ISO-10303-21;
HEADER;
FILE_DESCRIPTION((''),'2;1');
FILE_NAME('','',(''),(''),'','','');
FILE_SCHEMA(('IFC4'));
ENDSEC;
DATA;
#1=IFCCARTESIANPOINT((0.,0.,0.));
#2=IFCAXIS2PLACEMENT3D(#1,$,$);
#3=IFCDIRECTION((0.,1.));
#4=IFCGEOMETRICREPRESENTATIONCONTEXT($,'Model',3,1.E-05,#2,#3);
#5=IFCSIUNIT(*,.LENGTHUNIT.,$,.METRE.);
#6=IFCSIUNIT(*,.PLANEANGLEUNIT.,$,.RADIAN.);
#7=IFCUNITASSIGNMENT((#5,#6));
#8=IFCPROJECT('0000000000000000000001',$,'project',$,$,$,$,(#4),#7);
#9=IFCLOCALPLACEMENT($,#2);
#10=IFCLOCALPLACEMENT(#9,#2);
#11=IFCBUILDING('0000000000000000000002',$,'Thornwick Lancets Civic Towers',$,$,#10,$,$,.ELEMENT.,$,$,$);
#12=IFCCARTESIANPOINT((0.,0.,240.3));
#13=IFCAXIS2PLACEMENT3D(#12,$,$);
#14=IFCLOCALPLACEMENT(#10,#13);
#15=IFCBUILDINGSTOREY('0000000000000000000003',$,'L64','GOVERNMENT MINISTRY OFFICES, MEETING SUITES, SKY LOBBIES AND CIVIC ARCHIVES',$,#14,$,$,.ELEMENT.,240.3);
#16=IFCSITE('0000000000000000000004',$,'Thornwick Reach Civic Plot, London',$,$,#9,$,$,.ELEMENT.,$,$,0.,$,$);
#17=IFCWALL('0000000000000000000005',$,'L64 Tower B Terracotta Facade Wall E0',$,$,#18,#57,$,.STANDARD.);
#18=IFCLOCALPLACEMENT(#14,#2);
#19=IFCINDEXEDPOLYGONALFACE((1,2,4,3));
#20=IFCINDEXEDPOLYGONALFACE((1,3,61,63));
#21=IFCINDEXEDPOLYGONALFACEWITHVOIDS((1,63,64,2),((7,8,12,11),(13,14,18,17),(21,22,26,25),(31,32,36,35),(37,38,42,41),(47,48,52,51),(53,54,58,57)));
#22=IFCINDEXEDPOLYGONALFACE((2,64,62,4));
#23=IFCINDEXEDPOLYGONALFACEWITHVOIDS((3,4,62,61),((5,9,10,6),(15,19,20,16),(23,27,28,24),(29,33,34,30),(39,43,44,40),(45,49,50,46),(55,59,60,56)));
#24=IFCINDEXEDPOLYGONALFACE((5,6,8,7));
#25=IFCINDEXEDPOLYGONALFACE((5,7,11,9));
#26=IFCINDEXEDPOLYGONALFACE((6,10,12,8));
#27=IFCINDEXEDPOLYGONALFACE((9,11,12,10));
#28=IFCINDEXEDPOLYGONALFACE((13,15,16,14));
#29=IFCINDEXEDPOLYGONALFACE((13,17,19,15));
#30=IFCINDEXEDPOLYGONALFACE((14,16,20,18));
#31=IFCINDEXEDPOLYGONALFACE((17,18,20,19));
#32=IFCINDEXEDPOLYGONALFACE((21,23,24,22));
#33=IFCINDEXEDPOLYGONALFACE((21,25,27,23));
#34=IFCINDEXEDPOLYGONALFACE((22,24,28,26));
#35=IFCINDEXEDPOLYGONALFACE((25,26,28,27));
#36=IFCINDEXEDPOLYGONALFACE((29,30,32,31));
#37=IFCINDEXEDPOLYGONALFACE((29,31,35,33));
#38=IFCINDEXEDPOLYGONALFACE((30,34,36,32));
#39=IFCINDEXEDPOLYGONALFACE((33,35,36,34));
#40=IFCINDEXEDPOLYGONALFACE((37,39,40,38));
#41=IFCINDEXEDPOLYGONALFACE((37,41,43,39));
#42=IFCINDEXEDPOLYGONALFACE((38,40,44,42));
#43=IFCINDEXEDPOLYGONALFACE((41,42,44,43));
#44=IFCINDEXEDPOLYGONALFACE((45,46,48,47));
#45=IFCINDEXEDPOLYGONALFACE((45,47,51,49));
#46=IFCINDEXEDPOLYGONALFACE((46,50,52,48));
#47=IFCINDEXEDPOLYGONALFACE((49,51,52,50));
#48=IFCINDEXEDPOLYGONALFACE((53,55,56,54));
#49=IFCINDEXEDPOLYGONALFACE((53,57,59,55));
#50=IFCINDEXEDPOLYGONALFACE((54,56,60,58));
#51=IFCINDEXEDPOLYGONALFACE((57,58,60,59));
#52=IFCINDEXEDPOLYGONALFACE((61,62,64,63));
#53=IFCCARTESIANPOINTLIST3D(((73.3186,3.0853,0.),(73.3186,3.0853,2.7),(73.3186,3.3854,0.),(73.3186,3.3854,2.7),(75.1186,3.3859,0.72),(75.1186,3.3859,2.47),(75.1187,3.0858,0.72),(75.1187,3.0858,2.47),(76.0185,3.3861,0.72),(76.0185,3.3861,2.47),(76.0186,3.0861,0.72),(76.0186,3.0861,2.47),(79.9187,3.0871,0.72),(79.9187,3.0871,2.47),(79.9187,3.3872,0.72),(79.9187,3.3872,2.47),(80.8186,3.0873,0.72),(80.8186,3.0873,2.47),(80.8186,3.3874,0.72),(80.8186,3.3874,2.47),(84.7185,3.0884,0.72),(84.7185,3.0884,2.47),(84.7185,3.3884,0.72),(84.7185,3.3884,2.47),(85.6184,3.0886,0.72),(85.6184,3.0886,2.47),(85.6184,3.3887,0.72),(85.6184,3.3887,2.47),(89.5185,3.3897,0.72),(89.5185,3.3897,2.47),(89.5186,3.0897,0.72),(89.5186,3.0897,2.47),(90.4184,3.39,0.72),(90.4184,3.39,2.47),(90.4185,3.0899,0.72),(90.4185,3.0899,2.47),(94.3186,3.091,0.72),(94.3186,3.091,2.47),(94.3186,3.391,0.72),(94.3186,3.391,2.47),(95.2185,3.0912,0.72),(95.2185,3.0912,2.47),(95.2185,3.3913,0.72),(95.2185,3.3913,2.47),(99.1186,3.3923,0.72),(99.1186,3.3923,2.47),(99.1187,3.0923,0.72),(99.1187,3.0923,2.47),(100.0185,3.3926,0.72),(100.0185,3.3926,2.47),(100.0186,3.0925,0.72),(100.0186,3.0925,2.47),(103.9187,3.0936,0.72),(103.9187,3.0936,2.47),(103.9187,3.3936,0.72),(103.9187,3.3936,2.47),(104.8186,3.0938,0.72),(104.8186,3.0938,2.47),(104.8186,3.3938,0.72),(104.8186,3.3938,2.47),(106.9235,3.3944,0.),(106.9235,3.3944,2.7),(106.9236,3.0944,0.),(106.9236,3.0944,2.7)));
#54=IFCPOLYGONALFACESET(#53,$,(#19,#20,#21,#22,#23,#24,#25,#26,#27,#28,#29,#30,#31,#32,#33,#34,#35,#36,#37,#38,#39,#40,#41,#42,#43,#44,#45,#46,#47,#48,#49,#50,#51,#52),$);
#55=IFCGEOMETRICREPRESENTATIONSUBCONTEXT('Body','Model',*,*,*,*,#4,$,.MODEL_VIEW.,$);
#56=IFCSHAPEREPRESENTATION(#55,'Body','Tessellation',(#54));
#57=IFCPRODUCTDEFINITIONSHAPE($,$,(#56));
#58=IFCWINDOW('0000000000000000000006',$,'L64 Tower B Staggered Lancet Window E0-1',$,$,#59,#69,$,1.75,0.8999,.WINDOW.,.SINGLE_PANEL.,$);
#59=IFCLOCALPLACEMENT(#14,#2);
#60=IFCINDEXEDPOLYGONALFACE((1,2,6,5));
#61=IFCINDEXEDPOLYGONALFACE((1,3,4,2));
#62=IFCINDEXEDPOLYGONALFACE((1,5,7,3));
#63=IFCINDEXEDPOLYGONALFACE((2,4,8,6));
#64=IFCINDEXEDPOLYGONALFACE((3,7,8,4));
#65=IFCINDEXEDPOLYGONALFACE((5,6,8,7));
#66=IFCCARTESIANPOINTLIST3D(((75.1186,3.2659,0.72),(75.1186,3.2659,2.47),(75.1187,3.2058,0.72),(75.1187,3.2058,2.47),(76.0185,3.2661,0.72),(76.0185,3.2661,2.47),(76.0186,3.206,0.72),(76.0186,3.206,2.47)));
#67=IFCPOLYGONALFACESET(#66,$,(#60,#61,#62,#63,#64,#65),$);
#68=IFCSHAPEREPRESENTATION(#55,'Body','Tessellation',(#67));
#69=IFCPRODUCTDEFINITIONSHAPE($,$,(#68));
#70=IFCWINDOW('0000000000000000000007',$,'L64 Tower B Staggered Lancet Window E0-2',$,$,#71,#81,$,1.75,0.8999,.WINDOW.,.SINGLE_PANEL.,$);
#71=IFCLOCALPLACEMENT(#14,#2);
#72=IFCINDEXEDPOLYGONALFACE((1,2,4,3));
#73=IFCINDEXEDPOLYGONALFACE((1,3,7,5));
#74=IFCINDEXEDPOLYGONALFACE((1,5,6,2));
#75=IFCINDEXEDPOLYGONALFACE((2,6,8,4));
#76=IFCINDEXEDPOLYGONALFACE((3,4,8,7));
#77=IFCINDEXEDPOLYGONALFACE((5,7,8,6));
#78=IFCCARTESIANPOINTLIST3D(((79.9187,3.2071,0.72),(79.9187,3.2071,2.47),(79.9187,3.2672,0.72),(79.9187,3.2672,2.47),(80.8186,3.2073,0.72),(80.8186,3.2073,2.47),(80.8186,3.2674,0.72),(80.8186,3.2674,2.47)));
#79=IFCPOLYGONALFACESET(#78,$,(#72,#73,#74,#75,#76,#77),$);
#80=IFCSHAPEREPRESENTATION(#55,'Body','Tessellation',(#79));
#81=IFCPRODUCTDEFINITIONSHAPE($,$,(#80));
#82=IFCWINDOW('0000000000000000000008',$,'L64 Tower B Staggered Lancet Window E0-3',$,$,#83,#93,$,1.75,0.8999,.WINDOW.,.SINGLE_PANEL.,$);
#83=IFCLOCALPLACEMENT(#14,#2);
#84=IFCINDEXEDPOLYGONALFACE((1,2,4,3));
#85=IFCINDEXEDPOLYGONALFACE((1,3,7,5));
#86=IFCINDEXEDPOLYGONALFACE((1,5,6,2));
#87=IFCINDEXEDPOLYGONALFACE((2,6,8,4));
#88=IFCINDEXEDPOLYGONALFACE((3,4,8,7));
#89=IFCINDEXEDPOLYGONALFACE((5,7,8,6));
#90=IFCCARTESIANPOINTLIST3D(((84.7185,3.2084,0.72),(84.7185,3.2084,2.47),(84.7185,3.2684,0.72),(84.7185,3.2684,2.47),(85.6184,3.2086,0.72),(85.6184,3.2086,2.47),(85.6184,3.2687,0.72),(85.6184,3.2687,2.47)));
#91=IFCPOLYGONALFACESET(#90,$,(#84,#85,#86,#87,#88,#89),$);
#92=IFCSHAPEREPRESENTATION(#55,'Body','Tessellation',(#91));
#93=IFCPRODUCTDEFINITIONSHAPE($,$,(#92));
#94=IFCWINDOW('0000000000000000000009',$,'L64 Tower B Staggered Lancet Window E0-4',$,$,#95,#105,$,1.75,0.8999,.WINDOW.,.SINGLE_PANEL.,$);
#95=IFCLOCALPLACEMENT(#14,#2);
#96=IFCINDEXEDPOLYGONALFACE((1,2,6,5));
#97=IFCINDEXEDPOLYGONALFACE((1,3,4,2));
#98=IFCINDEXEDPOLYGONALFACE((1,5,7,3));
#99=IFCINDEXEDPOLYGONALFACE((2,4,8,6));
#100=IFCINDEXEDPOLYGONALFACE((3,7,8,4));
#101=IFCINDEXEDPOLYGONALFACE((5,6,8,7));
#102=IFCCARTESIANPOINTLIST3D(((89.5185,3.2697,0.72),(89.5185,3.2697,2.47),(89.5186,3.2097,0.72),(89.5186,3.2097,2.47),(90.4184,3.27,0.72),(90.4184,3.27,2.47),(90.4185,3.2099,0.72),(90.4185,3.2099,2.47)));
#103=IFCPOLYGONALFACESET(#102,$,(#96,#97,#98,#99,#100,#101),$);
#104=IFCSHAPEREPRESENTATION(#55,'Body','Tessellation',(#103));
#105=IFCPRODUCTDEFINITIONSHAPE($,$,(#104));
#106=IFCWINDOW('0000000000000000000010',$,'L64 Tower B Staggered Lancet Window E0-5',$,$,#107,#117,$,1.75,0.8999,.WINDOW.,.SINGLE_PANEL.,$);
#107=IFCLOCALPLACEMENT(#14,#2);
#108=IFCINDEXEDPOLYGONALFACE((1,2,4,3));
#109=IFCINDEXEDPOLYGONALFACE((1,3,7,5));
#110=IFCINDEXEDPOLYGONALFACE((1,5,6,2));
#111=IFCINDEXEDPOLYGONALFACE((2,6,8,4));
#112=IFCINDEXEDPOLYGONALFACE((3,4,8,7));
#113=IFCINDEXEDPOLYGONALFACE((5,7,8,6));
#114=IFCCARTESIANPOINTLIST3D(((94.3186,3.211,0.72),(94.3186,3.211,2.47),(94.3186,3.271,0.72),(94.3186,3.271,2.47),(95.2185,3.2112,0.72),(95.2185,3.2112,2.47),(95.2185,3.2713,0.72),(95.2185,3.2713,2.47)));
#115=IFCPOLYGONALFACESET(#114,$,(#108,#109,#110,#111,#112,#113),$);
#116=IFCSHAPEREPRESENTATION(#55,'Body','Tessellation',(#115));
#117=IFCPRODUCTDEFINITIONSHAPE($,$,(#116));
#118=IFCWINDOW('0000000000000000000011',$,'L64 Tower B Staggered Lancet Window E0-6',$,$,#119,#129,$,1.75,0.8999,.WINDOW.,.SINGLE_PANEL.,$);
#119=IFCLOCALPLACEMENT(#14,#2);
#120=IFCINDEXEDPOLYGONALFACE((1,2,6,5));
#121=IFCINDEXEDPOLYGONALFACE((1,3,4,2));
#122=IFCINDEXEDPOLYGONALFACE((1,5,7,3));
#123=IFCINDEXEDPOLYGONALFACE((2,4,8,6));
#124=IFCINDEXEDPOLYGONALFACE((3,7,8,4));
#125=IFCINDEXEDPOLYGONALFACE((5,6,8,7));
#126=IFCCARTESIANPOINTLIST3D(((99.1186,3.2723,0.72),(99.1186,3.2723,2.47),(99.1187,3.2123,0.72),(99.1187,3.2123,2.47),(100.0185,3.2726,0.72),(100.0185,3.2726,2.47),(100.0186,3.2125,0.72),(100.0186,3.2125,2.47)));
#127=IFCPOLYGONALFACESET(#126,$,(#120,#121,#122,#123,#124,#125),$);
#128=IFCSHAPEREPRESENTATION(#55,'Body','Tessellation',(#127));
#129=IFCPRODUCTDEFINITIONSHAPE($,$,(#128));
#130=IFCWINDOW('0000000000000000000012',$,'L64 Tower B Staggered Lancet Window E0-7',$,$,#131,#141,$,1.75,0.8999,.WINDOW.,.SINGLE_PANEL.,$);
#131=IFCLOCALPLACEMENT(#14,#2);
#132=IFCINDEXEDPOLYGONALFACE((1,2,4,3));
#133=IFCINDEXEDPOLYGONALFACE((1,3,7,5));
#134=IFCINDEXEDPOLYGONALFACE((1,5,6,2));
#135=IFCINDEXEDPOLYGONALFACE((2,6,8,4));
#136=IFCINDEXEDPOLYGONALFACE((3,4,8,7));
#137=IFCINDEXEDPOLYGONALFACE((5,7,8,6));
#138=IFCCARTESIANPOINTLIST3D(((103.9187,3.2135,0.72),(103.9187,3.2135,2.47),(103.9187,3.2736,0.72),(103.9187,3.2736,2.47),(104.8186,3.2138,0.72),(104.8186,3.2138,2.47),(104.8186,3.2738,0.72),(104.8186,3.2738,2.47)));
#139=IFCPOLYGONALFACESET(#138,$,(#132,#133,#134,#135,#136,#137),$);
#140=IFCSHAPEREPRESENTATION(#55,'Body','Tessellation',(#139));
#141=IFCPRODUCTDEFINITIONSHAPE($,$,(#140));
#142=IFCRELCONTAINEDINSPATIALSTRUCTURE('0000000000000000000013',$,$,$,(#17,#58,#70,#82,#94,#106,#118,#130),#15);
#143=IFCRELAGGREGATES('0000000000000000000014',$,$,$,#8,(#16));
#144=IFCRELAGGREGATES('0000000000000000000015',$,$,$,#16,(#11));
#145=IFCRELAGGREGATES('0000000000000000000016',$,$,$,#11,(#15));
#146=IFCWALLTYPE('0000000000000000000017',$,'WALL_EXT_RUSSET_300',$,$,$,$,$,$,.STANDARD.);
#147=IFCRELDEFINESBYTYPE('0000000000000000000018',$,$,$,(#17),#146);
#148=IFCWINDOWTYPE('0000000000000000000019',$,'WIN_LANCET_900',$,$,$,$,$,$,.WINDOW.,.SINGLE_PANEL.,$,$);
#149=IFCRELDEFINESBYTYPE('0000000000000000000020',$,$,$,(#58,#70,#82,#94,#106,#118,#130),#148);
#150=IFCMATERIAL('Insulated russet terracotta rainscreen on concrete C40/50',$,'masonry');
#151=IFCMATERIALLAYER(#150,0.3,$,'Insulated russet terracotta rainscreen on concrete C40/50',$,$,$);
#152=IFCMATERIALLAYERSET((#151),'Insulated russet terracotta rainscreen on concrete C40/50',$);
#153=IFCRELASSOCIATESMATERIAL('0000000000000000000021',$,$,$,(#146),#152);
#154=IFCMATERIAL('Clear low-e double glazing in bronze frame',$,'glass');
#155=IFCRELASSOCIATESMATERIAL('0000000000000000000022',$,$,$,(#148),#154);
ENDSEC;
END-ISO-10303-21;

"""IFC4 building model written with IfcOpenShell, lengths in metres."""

from ifc_helpers import new_model, si_unit, direction, frame, frame_2d, origin, place, context, subcontext, project, spatial, rectangle, extrude, material, layer, layer_set, type_object, element, fill, save


model = new_model("IFC4")

# Units and contexts
model_context = context("Model", 3, precision=1e-05, world=origin(), true_north=direction((0.0, 1.0)))
body_context = subcontext(model_context, "Body", "Model", "MODEL_VIEW")
ifc_project = project(units=[si_unit("LENGTHUNIT", "METRE"), si_unit("PLANEANGLEUNIT", "RADIAN")], contexts=[model_context])

# Site, building, storey
site_placement = place(None, origin())
site = spatial("IfcSite", under=ifc_project, at=site_placement, Name="Thornwick Reach Civic Plot, London", CompositionType="ELEMENT", RefElevation=0.0)
building_placement = place(site_placement, origin())
building = spatial("IfcBuilding", under=site, at=building_placement, Name="Thornwick Lancets Civic Towers", CompositionType="ELEMENT")
storey_placement = place(building_placement, frame((0.0, 0.0, 240.3)))
storey = spatial("IfcBuildingStorey", under=building, at=storey_placement, Name="L64", Description="GOVERNMENT MINISTRY OFFICES, MEETING SUITES, SKY LOBBIES AND CIVIC ARCHIVES", CompositionType="ELEMENT", Elevation=240.3)

# Wall, openings, windows
ifc_material_1 = material(Name="Insulated russet terracotta rainscreen on concrete C40/50", Category="masonry")
ifc_layer_1 = layer(ifc_material_1, 0.3, Name="Insulated russet terracotta rainscreen on concrete C40/50")
ifc_layer_set_1 = layer_set([ifc_layer_1], Name="Insulated russet terracotta rainscreen on concrete C40/50")
wall_type_1 = type_object("IfcWallType", Name="WALL_EXT_RUSSET_300", PredefinedType="STANDARD", material=ifc_layer_set_1)
wall_1_placement = place(storey_placement, frame((73.3186, 3.2354, 0.0), z_axis=(0.0, 0.0, 1.0), x_axis=(1.0, 0.000269, 0.0)))
wall_1 = element("IfcWall", 1, at=wall_1_placement, inside=storey, type_object=wall_type_1, Name="L64 Tower B Terracotta Facade Wall E0", PredefinedType="STANDARD", context=body_context, shape_type="SweptSolid", body=[
    extrude(rectangle(XDim=33.605, YDim=0.3, at=frame_2d((16.8025, 0.0))), origin(), (0.0, 0.0, 1.0), 2.7),
])
opening_1_placement = place(wall_1_placement, frame((1.8, 0.0, 0.72)))
opening_1 = element("IfcOpeningElement", 2, at=opening_1_placement, cuts=wall_1, PredefinedType="OPENING", context=body_context, shape_type="SweptSolid", body=[
    extrude(rectangle(XDim=0.8999, YDim=1.75, at=frame_2d((0.45, 0.875))), frame((0.0, 0.1602, 0.0), z_axis=(0.0, -1.0, 0.0), x_axis=(1.0, 0.0, 0.0)), (0.0, 0.0, 1.0), 0.3201),
])
opening_2_placement = place(wall_1_placement, frame((6.6001, 0.0, 0.72)))
opening_2 = element("IfcOpeningElement", 3, at=opening_2_placement, cuts=wall_1, PredefinedType="OPENING", context=body_context, shape_type="SweptSolid", body=[
    extrude(rectangle(XDim=0.8999, YDim=1.75, at=frame_2d((0.45, 0.875))), frame((0.0, 0.1602, 0.0), z_axis=(0.0, -1.0, 0.0), x_axis=(1.0, 0.0, 0.0)), (0.0, 0.0, 1.0), 0.3201),
])
opening_3_placement = place(wall_1_placement, frame((11.3999, 0.0, 0.72)))
opening_3 = element("IfcOpeningElement", 4, at=opening_3_placement, cuts=wall_1, PredefinedType="OPENING", context=body_context, shape_type="SweptSolid", body=[
    extrude(rectangle(XDim=0.8999, YDim=1.75, at=frame_2d((0.45, 0.875))), frame((0.0, 0.1602, 0.0), z_axis=(0.0, -1.0, 0.0), x_axis=(1.0, 0.0, 0.0)), (0.0, 0.0, 1.0), 0.3201),
])
opening_4_placement = place(wall_1_placement, frame((16.2, 0.0, 0.72)))
opening_4 = element("IfcOpeningElement", 5, at=opening_4_placement, cuts=wall_1, PredefinedType="OPENING", context=body_context, shape_type="SweptSolid", body=[
    extrude(rectangle(XDim=0.8999, YDim=1.75, at=frame_2d((0.45, 0.875))), frame((0.0, 0.1602, 0.0), z_axis=(0.0, -1.0, 0.0), x_axis=(1.0, 0.0, 0.0)), (0.0, 0.0, 1.0), 0.3201),
])
opening_5_placement = place(wall_1_placement, frame((21.0, 0.0, 0.72)))
opening_5 = element("IfcOpeningElement", 6, at=opening_5_placement, cuts=wall_1, PredefinedType="OPENING", context=body_context, shape_type="SweptSolid", body=[
    extrude(rectangle(XDim=0.8999, YDim=1.75, at=frame_2d((0.45, 0.875))), frame((0.0, 0.1602, 0.0), z_axis=(0.0, -1.0, 0.0), x_axis=(1.0, 0.0, 0.0)), (0.0, 0.0, 1.0), 0.3201),
])
opening_6_placement = place(wall_1_placement, frame((25.8, 0.0, 0.72)))
opening_6 = element("IfcOpeningElement", 7, at=opening_6_placement, cuts=wall_1, PredefinedType="OPENING", context=body_context, shape_type="SweptSolid", body=[
    extrude(rectangle(XDim=0.8999, YDim=1.75, at=frame_2d((0.45, 0.875))), frame((0.0, 0.1602, 0.0), z_axis=(0.0, -1.0, 0.0), x_axis=(1.0, 0.0, 0.0)), (0.0, 0.0, 1.0), 0.3201),
])
opening_7_placement = place(wall_1_placement, frame((30.6001, 0.0, 0.72)))
opening_7 = element("IfcOpeningElement", 8, at=opening_7_placement, cuts=wall_1, PredefinedType="OPENING", context=body_context, shape_type="SweptSolid", body=[
    extrude(rectangle(XDim=0.8999, YDim=1.75, at=frame_2d((0.45, 0.875))), frame((0.0, 0.1602, 0.0), z_axis=(0.0, -1.0, 0.0), x_axis=(1.0, 0.0, 0.0)), (0.0, 0.0, 1.0), 0.3201),
])
ifc_material_2 = material(Name="Clear low-e double glazing in bronze frame", Category="glass")
window_type = type_object("IfcWindowType", Name="WIN_LANCET_900", PartitioningType="SINGLE_PANEL", PredefinedType="WINDOW", material=ifc_material_2)
window_1_placement = place(opening_1_placement, origin())
window_1 = element("IfcWindow", 9, at=window_1_placement, inside=storey, type_object=window_type, Name="L64 Tower B Staggered Lancet Window E0-1", OverallHeight=1.75, OverallWidth=0.8999, PartitioningType="SINGLE_PANEL", PredefinedType="WINDOW", context=body_context, shape_type="SweptSolid", body=[
    extrude(rectangle(XDim=0.8999, YDim=1.75, at=frame_2d((0.45, 0.875))), frame((0.0, 0.03, 0.0), z_axis=(0.0, -1.0, 0.0), x_axis=(1.0, 0.0, 0.0)), (0.0, 0.0, 1.0), 0.0601),
])
fill(opening_1, window_1)
window_2_placement = place(opening_2_placement, origin())
window_2 = element("IfcWindow", 10, at=window_2_placement, inside=storey, type_object=window_type, Name="L64 Tower B Staggered Lancet Window E0-2", OverallHeight=1.75, OverallWidth=0.8999, PartitioningType="SINGLE_PANEL", PredefinedType="WINDOW", context=body_context, shape_type="SweptSolid", body=[
    extrude(rectangle(XDim=0.8999, YDim=1.75, at=frame_2d((0.45, 0.875))), frame((0.0, 0.03, 0.0), z_axis=(0.0, -1.0, 0.0), x_axis=(1.0, 0.0, 0.0)), (0.0, 0.0, 1.0), 0.0601),
])
fill(opening_2, window_2)
window_3_placement = place(opening_3_placement, origin())
window_3 = element("IfcWindow", 11, at=window_3_placement, inside=storey, type_object=window_type, Name="L64 Tower B Staggered Lancet Window E0-3", OverallHeight=1.75, OverallWidth=0.8999, PartitioningType="SINGLE_PANEL", PredefinedType="WINDOW", context=body_context, shape_type="SweptSolid", body=[
    extrude(rectangle(XDim=0.8999, YDim=1.75, at=frame_2d((0.45, 0.875))), frame((0.0, 0.03, 0.0), z_axis=(0.0, -1.0, 0.0), x_axis=(1.0, 0.0, 0.0)), (0.0, 0.0, 1.0), 0.0601),
])
fill(opening_3, window_3)
window_4_placement = place(opening_4_placement, origin())
window_4 = element("IfcWindow", 12, at=window_4_placement, inside=storey, type_object=window_type, Name="L64 Tower B Staggered Lancet Window E0-4", OverallHeight=1.75, OverallWidth=0.8999, PartitioningType="SINGLE_PANEL", PredefinedType="WINDOW", context=body_context, shape_type="SweptSolid", body=[
    extrude(rectangle(XDim=0.8999, YDim=1.75, at=frame_2d((0.45, 0.875))), frame((0.0, 0.03, 0.0), z_axis=(0.0, -1.0, 0.0), x_axis=(1.0, 0.0, 0.0)), (0.0, 0.0, 1.0), 0.0601),
])
fill(opening_4, window_4)
window_5_placement = place(opening_5_placement, origin())
window_5 = element("IfcWindow", 13, at=window_5_placement, inside=storey, type_object=window_type, Name="L64 Tower B Staggered Lancet Window E0-5", OverallHeight=1.75, OverallWidth=0.8999, PartitioningType="SINGLE_PANEL", PredefinedType="WINDOW", context=body_context, shape_type="SweptSolid", body=[
    extrude(rectangle(XDim=0.8999, YDim=1.75, at=frame_2d((0.45, 0.875))), frame((0.0, 0.03, 0.0), z_axis=(0.0, -1.0, 0.0), x_axis=(1.0, 0.0, 0.0)), (0.0, 0.0, 1.0), 0.0601),
])
fill(opening_5, window_5)
window_6_placement = place(opening_6_placement, origin())
window_6 = element("IfcWindow", 14, at=window_6_placement, inside=storey, type_object=window_type, Name="L64 Tower B Staggered Lancet Window E0-6", OverallHeight=1.75, OverallWidth=0.8999, PartitioningType="SINGLE_PANEL", PredefinedType="WINDOW", context=body_context, shape_type="SweptSolid", body=[
    extrude(rectangle(XDim=0.8999, YDim=1.75, at=frame_2d((0.45, 0.875))), frame((0.0, 0.03, 0.0), z_axis=(0.0, -1.0, 0.0), x_axis=(1.0, 0.0, 0.0)), (0.0, 0.0, 1.0), 0.0601),
])
fill(opening_6, window_6)
window_7_placement = place(opening_7_placement, origin())
window_7 = element("IfcWindow", 15, at=window_7_placement, inside=storey, type_object=window_type, Name="L64 Tower B Staggered Lancet Window E0-7", OverallHeight=1.75, OverallWidth=0.8999, PartitioningType="SINGLE_PANEL", PredefinedType="WINDOW", context=body_context, shape_type="SweptSolid", body=[
    extrude(rectangle(XDim=0.8999, YDim=1.75, at=frame_2d((0.45, 0.875))), frame((0.0, 0.03, 0.0), z_axis=(0.0, -1.0, 0.0), x_axis=(1.0, 0.0, 0.0)), (0.0, 0.0, 1.0), 0.0601),
])
fill(opening_7, window_7)

save(model, "model.ifc")
